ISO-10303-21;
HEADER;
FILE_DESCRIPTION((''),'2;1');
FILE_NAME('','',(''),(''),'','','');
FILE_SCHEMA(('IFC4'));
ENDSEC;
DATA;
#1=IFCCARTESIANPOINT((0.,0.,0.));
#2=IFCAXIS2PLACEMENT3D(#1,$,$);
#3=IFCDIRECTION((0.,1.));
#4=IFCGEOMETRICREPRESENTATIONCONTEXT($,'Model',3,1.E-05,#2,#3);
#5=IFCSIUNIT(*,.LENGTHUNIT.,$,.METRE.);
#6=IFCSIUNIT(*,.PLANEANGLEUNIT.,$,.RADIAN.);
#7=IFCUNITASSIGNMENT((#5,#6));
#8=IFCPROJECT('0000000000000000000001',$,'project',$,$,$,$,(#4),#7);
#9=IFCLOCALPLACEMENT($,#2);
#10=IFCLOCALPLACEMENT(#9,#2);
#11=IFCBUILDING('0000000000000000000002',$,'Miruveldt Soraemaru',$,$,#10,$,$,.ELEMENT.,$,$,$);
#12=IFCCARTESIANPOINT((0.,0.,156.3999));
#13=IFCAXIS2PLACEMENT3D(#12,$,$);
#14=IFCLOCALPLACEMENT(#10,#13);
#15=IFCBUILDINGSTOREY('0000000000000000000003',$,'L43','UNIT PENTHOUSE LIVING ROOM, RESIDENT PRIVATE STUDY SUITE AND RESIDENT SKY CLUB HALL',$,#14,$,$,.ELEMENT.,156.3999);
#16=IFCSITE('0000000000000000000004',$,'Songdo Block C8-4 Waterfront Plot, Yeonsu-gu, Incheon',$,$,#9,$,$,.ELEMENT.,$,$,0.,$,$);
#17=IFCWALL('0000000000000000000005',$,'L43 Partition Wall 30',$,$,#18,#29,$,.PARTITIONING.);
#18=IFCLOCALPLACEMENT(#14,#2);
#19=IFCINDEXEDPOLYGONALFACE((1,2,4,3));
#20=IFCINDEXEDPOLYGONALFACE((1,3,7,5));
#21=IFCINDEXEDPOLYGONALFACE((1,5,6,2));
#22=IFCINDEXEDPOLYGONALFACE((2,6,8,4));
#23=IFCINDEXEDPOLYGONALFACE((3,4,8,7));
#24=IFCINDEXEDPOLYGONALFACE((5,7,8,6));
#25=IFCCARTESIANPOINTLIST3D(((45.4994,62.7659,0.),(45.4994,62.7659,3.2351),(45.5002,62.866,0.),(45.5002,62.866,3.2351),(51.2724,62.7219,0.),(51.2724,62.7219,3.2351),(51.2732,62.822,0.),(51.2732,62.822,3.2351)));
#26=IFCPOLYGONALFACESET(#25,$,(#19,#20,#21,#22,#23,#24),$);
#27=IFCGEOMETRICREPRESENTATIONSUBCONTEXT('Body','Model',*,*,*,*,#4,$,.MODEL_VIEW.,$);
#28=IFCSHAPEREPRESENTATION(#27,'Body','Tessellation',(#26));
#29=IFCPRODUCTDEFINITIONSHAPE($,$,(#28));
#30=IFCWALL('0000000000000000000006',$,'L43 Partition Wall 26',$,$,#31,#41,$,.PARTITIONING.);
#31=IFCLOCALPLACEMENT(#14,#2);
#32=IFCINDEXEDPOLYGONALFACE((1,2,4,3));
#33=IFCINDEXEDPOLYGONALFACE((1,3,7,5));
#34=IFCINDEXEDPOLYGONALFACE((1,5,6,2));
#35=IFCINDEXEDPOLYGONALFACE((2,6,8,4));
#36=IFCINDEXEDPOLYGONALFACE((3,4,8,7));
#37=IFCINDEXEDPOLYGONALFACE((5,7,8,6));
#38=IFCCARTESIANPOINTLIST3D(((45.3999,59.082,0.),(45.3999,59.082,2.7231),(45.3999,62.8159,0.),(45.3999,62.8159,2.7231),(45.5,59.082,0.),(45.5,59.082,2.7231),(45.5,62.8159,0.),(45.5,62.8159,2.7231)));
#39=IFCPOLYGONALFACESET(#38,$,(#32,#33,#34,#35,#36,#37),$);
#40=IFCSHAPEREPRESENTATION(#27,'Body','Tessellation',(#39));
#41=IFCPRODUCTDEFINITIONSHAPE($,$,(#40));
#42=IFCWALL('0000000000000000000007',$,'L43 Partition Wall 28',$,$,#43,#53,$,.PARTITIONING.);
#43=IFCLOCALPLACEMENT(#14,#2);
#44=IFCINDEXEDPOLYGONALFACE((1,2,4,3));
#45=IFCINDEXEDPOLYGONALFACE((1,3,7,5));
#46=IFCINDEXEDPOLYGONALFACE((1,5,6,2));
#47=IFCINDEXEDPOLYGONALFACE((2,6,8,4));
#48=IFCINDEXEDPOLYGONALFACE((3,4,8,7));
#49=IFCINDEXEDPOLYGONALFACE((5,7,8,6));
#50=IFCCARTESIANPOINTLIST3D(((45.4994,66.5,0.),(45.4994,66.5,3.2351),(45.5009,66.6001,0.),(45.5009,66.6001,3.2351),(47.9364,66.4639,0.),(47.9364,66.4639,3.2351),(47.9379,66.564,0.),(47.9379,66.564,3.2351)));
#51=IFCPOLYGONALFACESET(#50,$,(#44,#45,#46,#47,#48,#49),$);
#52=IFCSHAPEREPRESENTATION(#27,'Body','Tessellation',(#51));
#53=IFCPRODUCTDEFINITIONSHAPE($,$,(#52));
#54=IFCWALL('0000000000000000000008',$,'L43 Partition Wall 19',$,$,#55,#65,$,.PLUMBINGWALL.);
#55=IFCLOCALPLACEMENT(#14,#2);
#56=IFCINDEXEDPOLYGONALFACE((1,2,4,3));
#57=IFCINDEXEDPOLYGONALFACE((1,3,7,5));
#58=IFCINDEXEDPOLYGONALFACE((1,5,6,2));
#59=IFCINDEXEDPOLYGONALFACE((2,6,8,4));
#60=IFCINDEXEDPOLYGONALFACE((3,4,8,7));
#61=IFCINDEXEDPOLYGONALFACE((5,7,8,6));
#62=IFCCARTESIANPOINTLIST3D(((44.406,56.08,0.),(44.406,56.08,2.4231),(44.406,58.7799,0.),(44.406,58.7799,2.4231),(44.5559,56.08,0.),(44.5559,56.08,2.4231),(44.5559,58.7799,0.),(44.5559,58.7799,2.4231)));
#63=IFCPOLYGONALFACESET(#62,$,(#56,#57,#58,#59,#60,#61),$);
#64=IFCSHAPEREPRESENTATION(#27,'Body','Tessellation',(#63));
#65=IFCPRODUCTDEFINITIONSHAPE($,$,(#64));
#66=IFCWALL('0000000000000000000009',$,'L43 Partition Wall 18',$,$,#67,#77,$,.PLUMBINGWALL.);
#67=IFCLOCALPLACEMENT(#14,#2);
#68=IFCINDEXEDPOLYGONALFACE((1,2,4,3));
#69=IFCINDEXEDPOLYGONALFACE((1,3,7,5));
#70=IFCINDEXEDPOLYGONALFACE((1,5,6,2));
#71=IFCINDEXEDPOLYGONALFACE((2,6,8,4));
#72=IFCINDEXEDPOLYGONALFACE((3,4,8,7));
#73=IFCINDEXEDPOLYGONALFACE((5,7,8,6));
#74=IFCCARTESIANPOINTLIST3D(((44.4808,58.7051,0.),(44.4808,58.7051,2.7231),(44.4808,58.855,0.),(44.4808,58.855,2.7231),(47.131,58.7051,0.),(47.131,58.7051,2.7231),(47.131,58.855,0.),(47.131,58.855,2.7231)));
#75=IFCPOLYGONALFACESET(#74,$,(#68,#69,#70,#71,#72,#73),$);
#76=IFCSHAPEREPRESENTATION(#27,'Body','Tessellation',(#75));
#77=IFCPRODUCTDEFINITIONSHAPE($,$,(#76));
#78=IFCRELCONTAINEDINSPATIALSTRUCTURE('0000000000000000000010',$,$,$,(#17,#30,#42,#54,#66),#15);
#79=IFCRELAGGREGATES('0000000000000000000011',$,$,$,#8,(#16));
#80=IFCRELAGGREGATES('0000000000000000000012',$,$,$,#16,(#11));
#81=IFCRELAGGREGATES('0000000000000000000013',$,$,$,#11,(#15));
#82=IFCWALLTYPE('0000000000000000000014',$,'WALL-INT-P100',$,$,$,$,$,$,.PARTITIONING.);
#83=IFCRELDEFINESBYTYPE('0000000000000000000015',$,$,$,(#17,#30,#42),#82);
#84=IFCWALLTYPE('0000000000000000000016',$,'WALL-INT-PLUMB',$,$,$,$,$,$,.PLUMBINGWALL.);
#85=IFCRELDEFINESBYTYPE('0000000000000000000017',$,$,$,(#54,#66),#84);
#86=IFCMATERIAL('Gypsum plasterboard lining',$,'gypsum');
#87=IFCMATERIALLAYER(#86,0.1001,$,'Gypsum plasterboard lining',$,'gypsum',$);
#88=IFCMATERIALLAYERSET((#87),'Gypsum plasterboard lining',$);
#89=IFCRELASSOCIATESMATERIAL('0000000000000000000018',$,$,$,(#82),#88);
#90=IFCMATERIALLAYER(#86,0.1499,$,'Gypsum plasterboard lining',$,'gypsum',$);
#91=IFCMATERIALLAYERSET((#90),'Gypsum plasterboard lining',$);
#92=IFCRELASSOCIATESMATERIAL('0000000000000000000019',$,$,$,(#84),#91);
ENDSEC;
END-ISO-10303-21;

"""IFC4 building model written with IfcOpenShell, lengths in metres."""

from ifc_helpers import new_model, si_unit, direction, frame, frame_2d, origin, place, context, subcontext, project, spatial, rectangle, extrude, material, layer, layer_set, type_object, element, save


model = new_model("IFC4")

# Units and contexts
model_context = context("Model", 3, precision=1e-05, world=origin(), true_north=direction((0.0, 1.0)))
body_context = subcontext(model_context, "Body", "Model", "MODEL_VIEW")
ifc_project = project(units=[si_unit("LENGTHUNIT", "METRE"), si_unit("PLANEANGLEUNIT", "RADIAN")], contexts=[model_context])

# Site, building, storey
site_placement = place(None, origin())
site = spatial("IfcSite", under=ifc_project, at=site_placement, Name="Songdo Block C8-4 Waterfront Plot, Yeonsu-gu, Incheon", CompositionType="ELEMENT", RefElevation=0.0)
building_placement = place(site_placement, origin())
building = spatial("IfcBuilding", under=site, at=building_placement, Name="Miruveldt Soraemaru", CompositionType="ELEMENT")
storey_placement = place(building_placement, frame((0.0, 0.0, 156.3999)))
storey = spatial("IfcBuildingStorey", under=building, at=storey_placement, Name="L43", Description="UNIT PENTHOUSE LIVING ROOM, RESIDENT PRIVATE STUDY SUITE AND RESIDENT SKY CLUB HALL", CompositionType="ELEMENT", Elevation=156.3999)

# Shared definitions
ifc_material_1 = material(Name="Gypsum plasterboard lining", Category="gypsum")
ifc_layer_1 = layer(ifc_material_1, 0.1001, Name="Gypsum plasterboard lining", Category="gypsum")
ifc_layer_set_1 = layer_set([ifc_layer_1], Name="Gypsum plasterboard lining")
wall_type_1 = type_object("IfcWallType", Name="WALL-INT-P100", PredefinedType="PARTITIONING", material=ifc_layer_set_1)

# Walls
wall_1_placement = place(storey_placement, frame((51.2729, 62.772, 0.0), z_axis=(0.0, 0.0, 1.0), x_axis=(-0.999971, 0.007612, 0.0)))
element("IfcWall", 1, at=wall_1_placement, inside=storey, type_object=wall_type_1, Name="L43 Partition Wall 30", PredefinedType="PARTITIONING", context=body_context, shape_type="SweptSolid", body=[
    extrude(rectangle(XDim=5.7732, YDim=0.1001, at=frame_2d((2.8867, 0.0))), origin(), (0.0, 0.0, 1.0), 3.2351),
])
wall_2_placement = place(storey_placement, frame((45.45, 59.082, 0.0), z_axis=(0.0, 0.0, 1.0), x_axis=(0.0, 1.0, 0.0)))
element("IfcWall", 2, at=wall_2_placement, inside=storey, type_object=wall_type_1, Name="L43 Partition Wall 26", PredefinedType="PARTITIONING", context=body_context, shape_type="SweptSolid", body=[
    extrude(rectangle(XDim=3.7339, YDim=0.1001, at=frame_2d((1.8669, 0.0))), origin(), (0.0, 0.0, 1.0), 2.7231),
])
wall_3_placement = place(storey_placement, frame((45.5, 66.55, 0.0), z_axis=(0.0, 0.0, 1.0), x_axis=(0.99989, -0.014825, 0.0)))
element("IfcWall", 3, at=wall_3_placement, inside=storey, type_object=wall_type_1, Name="L43 Partition Wall 28", PredefinedType="PARTITIONING", context=body_context, shape_type="SweptSolid", body=[
    extrude(rectangle(XDim=2.4373, YDim=0.1001, at=frame_2d((1.2188, 0.0))), origin(), (0.0, 0.0, 1.0), 3.2351),
])
ifc_layer_2 = layer(ifc_material_1, 0.1499, Name="Gypsum plasterboard lining", Category="gypsum")
ifc_layer_set_2 = layer_set([ifc_layer_2], Name="Gypsum plasterboard lining")
wall_type_2 = type_object("IfcWallType", Name="WALL-INT-PLUMB", PredefinedType="PLUMBINGWALL", material=ifc_layer_set_2)
wall_4_placement = place(storey_placement, frame((44.481, 58.78, 0.0), z_axis=(0.0, 0.0, 1.0), x_axis=(0.0, -1.0, 0.0)))
element("IfcWall", 4, at=wall_4_placement, inside=storey, type_object=wall_type_2, Name="L43 Partition Wall 19", PredefinedType="PLUMBINGWALL", context=body_context, shape_type="SweptSolid", body=[
    extrude(rectangle(XDim=2.7, YDim=0.1499, at=frame_2d((1.3501, 0.0))), origin(), (0.0, 0.0, 1.0), 2.4231),
])
wall_5_placement = place(storey_placement, frame((47.1311, 58.78, 0.0), z_axis=(0.0, 0.0, 1.0), x_axis=(-1.0, 0.0, 0.0)))
element("IfcWall", 5, at=wall_5_placement, inside=storey, type_object=wall_type_2, Name="L43 Partition Wall 18", PredefinedType="PLUMBINGWALL", context=body_context, shape_type="SweptSolid", body=[
    extrude(rectangle(XDim=2.6501, YDim=0.1499, at=frame_2d((1.3252, 0.0))), origin(), (0.0, 0.0, 1.0), 2.7231),
])

save(model, "model.ifc")
